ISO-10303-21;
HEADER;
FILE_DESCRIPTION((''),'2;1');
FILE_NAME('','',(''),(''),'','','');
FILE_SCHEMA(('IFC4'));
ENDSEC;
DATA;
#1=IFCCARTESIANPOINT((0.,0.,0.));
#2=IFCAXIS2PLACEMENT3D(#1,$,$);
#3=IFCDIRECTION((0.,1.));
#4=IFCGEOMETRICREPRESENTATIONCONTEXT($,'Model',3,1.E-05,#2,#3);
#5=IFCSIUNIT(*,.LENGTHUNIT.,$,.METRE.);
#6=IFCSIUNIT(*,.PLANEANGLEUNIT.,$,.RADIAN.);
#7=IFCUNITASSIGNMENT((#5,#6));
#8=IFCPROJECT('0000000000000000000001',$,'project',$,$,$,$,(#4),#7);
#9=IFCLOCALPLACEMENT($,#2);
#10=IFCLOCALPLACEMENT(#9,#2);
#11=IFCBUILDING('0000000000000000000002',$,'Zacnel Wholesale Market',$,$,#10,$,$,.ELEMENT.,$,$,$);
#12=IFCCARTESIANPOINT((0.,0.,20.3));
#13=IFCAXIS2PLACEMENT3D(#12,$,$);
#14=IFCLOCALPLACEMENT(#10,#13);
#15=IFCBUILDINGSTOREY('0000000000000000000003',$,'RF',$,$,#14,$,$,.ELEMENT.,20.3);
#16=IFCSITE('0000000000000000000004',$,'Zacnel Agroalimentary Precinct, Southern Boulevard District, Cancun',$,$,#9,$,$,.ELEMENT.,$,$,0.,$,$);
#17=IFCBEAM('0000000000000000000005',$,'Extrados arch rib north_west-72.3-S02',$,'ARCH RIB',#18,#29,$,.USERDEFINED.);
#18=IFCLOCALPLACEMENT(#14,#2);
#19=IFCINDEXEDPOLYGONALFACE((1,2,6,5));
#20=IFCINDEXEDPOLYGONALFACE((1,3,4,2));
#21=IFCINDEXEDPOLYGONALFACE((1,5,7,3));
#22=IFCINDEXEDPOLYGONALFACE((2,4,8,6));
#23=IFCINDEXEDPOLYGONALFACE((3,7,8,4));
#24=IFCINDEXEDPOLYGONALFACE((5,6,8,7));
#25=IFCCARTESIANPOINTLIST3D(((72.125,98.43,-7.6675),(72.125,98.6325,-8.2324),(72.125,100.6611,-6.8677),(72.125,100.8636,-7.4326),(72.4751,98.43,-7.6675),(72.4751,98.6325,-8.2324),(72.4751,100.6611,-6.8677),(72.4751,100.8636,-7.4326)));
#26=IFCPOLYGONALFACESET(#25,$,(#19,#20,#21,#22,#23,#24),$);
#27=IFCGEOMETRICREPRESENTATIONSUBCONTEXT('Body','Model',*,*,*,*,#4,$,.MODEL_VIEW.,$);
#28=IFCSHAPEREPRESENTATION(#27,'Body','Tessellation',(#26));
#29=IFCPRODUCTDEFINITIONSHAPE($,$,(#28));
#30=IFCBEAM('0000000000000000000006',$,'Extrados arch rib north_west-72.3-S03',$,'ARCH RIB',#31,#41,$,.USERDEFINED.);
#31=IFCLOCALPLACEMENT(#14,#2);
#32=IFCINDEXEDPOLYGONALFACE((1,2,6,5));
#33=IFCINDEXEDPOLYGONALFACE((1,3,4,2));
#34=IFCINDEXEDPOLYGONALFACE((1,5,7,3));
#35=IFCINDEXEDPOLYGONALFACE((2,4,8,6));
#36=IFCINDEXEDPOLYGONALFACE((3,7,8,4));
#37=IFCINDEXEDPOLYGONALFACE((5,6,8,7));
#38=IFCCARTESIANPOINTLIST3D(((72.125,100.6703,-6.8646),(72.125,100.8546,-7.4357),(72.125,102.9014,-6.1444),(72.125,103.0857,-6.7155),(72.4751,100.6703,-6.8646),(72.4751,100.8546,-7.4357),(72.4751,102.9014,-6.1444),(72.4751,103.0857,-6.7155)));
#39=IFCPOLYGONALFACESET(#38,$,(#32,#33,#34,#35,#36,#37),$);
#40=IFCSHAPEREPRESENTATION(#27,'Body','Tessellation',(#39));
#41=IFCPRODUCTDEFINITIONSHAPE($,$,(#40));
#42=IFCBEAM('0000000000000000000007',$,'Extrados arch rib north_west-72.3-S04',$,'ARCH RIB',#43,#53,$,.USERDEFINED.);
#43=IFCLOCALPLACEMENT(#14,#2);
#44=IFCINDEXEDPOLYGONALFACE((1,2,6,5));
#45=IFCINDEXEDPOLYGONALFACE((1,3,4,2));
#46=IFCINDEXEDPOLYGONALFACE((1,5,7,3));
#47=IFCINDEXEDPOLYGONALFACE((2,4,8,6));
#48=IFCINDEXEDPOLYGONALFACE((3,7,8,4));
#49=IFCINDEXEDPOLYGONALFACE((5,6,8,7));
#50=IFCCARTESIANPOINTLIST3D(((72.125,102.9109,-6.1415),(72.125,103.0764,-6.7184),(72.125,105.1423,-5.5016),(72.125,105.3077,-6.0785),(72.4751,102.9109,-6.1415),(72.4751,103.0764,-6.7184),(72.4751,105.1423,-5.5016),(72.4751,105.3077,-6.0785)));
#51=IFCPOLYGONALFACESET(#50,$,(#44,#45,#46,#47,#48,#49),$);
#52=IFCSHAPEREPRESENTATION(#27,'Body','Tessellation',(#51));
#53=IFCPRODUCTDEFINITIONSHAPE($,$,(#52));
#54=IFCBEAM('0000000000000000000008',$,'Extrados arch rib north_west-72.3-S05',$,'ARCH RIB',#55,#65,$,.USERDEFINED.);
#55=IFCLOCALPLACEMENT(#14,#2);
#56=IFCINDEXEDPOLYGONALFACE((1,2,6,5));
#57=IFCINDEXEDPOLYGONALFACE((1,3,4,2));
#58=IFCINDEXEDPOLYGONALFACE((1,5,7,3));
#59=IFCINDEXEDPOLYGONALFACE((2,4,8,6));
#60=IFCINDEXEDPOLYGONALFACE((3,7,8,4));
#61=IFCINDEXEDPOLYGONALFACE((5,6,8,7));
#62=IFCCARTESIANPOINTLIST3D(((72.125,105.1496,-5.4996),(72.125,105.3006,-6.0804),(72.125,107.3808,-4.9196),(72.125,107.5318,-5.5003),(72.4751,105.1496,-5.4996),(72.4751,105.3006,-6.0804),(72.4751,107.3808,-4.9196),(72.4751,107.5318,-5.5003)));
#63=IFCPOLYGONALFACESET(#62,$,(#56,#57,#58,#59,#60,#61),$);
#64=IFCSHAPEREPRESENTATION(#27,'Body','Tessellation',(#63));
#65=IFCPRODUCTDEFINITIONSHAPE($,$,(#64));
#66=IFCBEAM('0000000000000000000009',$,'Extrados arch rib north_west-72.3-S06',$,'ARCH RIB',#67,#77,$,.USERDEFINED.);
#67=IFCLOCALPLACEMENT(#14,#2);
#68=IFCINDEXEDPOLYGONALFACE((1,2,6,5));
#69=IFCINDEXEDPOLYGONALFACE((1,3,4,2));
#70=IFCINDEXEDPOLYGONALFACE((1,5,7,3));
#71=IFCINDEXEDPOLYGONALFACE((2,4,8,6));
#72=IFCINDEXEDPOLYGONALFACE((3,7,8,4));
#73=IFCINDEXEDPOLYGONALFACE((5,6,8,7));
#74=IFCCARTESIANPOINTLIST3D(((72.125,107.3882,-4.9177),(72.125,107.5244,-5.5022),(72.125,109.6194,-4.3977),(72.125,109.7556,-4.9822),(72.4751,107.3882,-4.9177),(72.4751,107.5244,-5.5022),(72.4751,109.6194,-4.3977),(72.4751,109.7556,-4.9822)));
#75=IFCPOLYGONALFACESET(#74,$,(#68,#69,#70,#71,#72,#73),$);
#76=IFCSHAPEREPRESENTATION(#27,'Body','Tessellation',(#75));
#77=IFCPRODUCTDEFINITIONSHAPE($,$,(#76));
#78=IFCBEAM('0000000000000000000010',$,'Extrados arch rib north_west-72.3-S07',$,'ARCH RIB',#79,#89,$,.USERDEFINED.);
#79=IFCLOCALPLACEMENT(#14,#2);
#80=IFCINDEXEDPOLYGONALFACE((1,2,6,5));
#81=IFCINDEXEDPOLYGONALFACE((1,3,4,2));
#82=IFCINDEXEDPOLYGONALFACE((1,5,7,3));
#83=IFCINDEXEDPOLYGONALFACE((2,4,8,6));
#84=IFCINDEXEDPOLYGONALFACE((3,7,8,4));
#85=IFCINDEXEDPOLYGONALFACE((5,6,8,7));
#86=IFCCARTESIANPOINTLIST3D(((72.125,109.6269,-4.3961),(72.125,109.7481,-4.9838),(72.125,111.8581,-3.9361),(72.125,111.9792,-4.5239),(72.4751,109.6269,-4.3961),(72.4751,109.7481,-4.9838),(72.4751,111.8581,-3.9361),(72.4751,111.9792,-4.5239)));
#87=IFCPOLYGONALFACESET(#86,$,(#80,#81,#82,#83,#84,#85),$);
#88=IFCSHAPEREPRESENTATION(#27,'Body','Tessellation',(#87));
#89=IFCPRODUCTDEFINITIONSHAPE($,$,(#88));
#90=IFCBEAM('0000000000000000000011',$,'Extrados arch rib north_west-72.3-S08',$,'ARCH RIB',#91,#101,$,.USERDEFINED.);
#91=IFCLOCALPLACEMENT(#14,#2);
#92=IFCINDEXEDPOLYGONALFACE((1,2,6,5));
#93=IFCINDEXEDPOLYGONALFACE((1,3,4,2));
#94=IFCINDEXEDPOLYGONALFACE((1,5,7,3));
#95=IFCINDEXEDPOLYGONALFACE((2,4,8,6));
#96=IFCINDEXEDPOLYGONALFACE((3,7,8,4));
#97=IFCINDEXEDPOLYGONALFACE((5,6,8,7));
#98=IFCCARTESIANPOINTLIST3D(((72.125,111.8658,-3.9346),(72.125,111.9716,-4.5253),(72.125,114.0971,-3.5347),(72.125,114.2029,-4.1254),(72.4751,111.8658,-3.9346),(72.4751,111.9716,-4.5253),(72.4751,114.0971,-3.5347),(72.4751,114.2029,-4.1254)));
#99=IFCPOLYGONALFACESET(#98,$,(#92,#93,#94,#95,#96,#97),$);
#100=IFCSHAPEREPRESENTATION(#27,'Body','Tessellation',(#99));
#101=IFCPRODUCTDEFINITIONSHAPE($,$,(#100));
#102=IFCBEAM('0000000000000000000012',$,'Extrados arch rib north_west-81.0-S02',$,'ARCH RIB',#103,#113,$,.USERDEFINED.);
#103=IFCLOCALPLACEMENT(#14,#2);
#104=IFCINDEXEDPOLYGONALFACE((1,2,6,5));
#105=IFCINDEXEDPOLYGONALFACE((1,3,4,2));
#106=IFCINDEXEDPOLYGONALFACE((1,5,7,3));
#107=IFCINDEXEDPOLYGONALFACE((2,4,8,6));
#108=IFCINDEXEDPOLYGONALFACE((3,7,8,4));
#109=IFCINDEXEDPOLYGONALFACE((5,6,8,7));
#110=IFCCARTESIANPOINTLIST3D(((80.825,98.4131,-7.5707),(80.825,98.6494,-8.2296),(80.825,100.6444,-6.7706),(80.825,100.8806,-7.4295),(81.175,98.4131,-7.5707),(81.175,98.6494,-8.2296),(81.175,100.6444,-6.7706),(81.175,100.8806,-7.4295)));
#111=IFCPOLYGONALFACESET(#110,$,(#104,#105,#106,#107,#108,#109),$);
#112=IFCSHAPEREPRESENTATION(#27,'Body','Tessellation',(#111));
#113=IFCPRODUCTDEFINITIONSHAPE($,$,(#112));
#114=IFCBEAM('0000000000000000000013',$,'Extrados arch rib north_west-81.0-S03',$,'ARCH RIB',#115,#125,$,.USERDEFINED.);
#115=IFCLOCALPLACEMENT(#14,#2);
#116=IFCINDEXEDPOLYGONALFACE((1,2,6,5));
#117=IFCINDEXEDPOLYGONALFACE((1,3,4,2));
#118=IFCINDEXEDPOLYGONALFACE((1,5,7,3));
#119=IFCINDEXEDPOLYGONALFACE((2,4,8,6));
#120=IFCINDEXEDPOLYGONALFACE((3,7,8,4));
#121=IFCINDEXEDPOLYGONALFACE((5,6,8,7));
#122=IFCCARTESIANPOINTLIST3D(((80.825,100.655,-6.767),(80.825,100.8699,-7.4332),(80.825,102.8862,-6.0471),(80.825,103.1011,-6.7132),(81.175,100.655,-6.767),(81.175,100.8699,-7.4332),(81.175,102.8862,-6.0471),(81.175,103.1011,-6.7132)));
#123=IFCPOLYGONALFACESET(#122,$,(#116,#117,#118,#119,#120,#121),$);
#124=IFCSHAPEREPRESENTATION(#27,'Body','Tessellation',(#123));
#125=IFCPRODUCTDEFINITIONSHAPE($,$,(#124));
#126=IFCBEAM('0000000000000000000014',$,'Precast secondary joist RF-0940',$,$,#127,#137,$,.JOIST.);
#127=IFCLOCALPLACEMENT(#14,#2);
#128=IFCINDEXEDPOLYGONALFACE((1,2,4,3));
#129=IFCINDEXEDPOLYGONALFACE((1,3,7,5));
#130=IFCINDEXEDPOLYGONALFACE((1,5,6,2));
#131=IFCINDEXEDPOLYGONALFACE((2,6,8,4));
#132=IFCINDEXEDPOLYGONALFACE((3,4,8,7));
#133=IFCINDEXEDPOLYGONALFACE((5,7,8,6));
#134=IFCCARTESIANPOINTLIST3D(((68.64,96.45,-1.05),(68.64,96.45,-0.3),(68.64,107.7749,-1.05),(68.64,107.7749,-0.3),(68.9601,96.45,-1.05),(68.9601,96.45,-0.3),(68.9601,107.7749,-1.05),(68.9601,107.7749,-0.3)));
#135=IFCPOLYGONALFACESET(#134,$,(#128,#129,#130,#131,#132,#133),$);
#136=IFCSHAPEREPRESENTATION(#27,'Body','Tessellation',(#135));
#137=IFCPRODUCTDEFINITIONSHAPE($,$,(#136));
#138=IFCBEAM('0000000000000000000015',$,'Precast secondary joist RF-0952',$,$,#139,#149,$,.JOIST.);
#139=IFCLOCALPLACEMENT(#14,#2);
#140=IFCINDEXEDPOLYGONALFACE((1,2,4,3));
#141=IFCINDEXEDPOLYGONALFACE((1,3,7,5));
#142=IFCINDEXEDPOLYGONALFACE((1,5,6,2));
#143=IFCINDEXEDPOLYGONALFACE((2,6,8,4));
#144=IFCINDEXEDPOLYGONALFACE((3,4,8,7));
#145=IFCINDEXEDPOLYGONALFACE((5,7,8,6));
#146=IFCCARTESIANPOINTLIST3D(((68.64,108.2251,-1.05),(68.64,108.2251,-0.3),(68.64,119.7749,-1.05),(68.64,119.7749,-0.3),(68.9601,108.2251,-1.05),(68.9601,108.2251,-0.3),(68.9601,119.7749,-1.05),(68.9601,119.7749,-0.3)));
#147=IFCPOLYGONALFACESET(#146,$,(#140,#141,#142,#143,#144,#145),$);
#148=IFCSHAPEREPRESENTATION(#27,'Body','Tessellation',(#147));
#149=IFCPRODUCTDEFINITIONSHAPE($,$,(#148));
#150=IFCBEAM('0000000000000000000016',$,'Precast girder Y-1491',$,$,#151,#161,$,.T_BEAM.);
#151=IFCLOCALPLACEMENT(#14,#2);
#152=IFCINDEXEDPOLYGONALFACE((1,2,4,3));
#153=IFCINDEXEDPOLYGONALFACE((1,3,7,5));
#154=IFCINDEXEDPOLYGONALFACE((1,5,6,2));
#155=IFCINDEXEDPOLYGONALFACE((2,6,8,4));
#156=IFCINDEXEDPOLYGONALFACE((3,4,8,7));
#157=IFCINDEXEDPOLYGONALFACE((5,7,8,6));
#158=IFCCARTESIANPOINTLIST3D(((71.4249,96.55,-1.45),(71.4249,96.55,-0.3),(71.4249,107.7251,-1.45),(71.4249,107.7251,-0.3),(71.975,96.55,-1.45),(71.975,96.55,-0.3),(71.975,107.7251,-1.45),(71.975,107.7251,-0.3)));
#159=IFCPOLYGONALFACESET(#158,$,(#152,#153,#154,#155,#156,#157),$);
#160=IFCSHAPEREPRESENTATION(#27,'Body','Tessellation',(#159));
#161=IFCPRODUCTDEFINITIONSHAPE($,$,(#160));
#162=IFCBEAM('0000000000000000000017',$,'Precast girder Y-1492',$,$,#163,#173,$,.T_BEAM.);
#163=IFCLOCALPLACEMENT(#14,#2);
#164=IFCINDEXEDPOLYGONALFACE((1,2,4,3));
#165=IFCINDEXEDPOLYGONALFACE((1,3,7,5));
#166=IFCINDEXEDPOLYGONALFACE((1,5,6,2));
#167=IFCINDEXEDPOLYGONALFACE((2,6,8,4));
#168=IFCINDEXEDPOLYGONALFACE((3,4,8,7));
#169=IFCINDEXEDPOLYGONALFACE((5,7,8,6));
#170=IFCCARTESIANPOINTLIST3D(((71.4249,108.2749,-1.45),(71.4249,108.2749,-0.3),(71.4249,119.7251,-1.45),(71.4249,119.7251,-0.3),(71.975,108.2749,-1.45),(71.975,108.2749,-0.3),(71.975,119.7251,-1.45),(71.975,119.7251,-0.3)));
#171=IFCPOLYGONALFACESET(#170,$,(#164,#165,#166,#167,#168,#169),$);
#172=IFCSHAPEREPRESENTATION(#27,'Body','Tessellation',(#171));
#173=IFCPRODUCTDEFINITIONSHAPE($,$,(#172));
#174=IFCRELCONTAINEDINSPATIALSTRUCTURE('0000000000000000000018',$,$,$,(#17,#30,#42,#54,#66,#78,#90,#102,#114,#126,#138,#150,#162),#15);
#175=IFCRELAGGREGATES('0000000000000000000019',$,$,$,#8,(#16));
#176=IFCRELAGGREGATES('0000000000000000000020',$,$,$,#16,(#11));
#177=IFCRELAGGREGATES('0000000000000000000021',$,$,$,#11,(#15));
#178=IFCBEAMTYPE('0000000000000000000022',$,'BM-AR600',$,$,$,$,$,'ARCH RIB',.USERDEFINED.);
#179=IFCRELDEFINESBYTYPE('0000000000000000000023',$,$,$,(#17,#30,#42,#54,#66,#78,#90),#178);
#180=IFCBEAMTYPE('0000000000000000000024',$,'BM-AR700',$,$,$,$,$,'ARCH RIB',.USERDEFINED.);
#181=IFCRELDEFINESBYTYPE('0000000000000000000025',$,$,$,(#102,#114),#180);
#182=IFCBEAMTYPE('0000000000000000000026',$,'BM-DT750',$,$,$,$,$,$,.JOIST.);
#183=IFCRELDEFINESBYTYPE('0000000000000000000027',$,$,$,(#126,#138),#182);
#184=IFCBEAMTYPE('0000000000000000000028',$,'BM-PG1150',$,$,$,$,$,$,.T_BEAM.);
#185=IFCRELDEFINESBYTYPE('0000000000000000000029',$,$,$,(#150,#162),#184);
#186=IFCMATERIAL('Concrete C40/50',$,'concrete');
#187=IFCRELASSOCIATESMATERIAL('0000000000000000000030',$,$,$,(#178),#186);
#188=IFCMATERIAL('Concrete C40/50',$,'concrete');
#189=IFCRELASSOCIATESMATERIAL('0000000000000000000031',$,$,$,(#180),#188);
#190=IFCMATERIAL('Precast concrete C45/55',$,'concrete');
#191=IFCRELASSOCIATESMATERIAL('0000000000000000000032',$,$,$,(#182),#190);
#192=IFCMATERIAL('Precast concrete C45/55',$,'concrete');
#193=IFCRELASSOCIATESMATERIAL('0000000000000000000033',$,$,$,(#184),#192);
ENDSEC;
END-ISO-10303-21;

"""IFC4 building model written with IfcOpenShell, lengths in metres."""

from ifc_helpers import new_model, si_unit, direction, frame, origin, origin_2d, place, context, subcontext, project, spatial, rectangle, extrude, material, material_profile, profile_set, type_object, element, save


model = new_model("IFC4")

# Units and contexts
model_context = context("Model", 3, precision=1e-05, world=origin(), true_north=direction((0.0, 1.0)))
body_context = subcontext(model_context, "Body", "Model", "MODEL_VIEW")
ifc_project = project(units=[si_unit("LENGTHUNIT", "METRE"), si_unit("PLANEANGLEUNIT", "RADIAN")], contexts=[model_context])

# Site, building, storey
site_placement = place(None, origin())
site = spatial("IfcSite", under=ifc_project, at=site_placement, Name="Zacnel Agroalimentary Precinct, Southern Boulevard District, Cancun", CompositionType="ELEMENT", RefElevation=0.0)
building_placement = place(site_placement, origin())
building = spatial("IfcBuilding", under=site, at=building_placement, Name="Zacnel Wholesale Market", CompositionType="ELEMENT")
storey_placement = place(building_placement, frame((0.0, 0.0, 20.3)))
storey = spatial("IfcBuildingStorey", under=building, at=storey_placement, Name="RF", CompositionType="ELEMENT", Elevation=20.3)

# Beams
ifc_material_1 = material(Name="Concrete C40/50", Category="concrete")
ifc_material_profile_1 = material_profile(ifc_material_1, rectangle(XDim=0.3501, YDim=0.6001, at=origin_2d()), Name="ARCH RIB 350x600")
ifc_profile_set_1 = profile_set([ifc_material_profile_1], Name="Concrete C40/50")
beam_type_1 = type_object("IfcBeamType", Name="BM-AR600", ElementType="ARCH RIB", PredefinedType="USERDEFINED", material=ifc_profile_set_1)
beam_1_placement = place(storey_placement, frame((72.3, 98.5312, -7.95), z_axis=(0.0, 0.941347, 0.337439), x_axis=(-1.0, 0.0, 0.0)))
element("IfcBeam", 1, at=beam_1_placement, inside=storey, type_object=beam_type_1, Name="Extrados arch rib north_west-72.3-S02", ObjectType="ARCH RIB", PredefinedType="USERDEFINED", context=body_context, shape_type="SweptSolid", body=[
    extrude(rectangle(XDim=0.3501, YDim=0.6001, at=origin_2d()), origin(), (0.0, 0.0, 1.0), 2.3701),
])
beam_2_placement = place(storey_placement, frame((72.3, 100.7625, -7.1501), z_axis=(0.0, 0.95165, 0.307185), x_axis=(-1.0, 0.0, 0.0)))
element("IfcBeam", 2, at=beam_2_placement, inside=storey, type_object=beam_type_1, Name="Extrados arch rib north_west-72.3-S03", ObjectType="ARCH RIB", PredefinedType="USERDEFINED", context=body_context, shape_type="SweptSolid", body=[
    extrude(rectangle(XDim=0.3501, YDim=0.6001, at=origin_2d()), origin(), (0.0, 0.0, 1.0), 2.3445),
])
beam_3_placement = place(storey_placement, frame((72.3, 102.9937, -6.4299), z_axis=(0.0, 0.961258, 0.275652), x_axis=(-1.0, 0.0, 0.0)))
element("IfcBeam", 3, at=beam_3_placement, inside=storey, type_object=beam_type_1, Name="Extrados arch rib north_west-72.3-S04", ObjectType="ARCH RIB", PredefinedType="USERDEFINED", context=body_context, shape_type="SweptSolid", body=[
    extrude(rectangle(XDim=0.3501, YDim=0.6001, at=origin_2d()), origin(), (0.0, 0.0, 1.0), 2.3213),
])
beam_4_placement = place(storey_placement, frame((72.3, 105.2251, -5.79), z_axis=(0.0, 0.967826, 0.25162), x_axis=(-1.0, 0.0, 0.0)))
element("IfcBeam", 4, at=beam_4_placement, inside=storey, type_object=beam_type_1, Name="Extrados arch rib north_west-72.3-S05", ObjectType="ARCH RIB", PredefinedType="USERDEFINED", context=body_context, shape_type="SweptSolid", body=[
    extrude(rectangle(XDim=0.3501, YDim=0.6001, at=origin_2d()), origin(), (0.0, 0.0, 1.0), 2.3054),
])
beam_5_placement = place(storey_placement, frame((72.3, 107.4563, -5.21), z_axis=(0.0, 0.973899, 0.226984), x_axis=(-1.0, 0.0, 0.0)))
element("IfcBeam", 5, at=beam_5_placement, inside=storey, type_object=beam_type_1, Name="Extrados arch rib north_west-72.3-S06", ObjectType="ARCH RIB", PredefinedType="USERDEFINED", context=body_context, shape_type="SweptSolid", body=[
    extrude(rectangle(XDim=0.3501, YDim=0.6001, at=origin_2d()), origin(), (0.0, 0.0, 1.0), 2.291),
])
beam_6_placement = place(storey_placement, frame((72.3, 109.6875, -4.6899), z_axis=(0.0, 0.979405, 0.201904), x_axis=(-1.0, 0.0, 0.0)))
element("IfcBeam", 6, at=beam_6_placement, inside=storey, type_object=beam_type_1, Name="Extrados arch rib north_west-72.3-S07", ObjectType="ARCH RIB", PredefinedType="USERDEFINED", context=body_context, shape_type="SweptSolid", body=[
    extrude(rectangle(XDim=0.3501, YDim=0.6001, at=origin_2d()), origin(), (0.0, 0.0, 1.0), 2.2781),
])
beam_7_placement = place(storey_placement, frame((72.3, 111.9187, -4.23), z_axis=(0.0, 0.984315, 0.176421), x_axis=(-1.0, 0.0, 0.0)))
element("IfcBeam", 7, at=beam_7_placement, inside=storey, type_object=beam_type_1, Name="Extrados arch rib north_west-72.3-S08", ObjectType="ARCH RIB", PredefinedType="USERDEFINED", context=body_context, shape_type="SweptSolid", body=[
    extrude(rectangle(XDim=0.3501, YDim=0.6001, at=origin_2d()), origin(), (0.0, 0.0, 1.0), 2.2668),
])
ifc_material_2 = material(Name="Concrete C40/50", Category="concrete")
ifc_material_profile_2 = material_profile(ifc_material_2, rectangle(XDim=0.3501, YDim=0.7, at=origin_2d()), Name="ARCH RIB 350x700")
ifc_profile_set_2 = profile_set([ifc_material_profile_2], Name="Concrete C40/50")
beam_type_2 = type_object("IfcBeamType", Name="BM-AR700", ElementType="ARCH RIB", PredefinedType="USERDEFINED", material=ifc_profile_set_2)
beam_8_placement = place(storey_placement, frame((81.0, 98.5312, -7.9001), z_axis=(0.0, 0.941315, 0.33753), x_axis=(-1.0, 0.0, 0.0)))
element("IfcBeam", 8, at=beam_8_placement, inside=storey, type_object=beam_type_2, Name="Extrados arch rib north_west-81.0-S02", ObjectType="ARCH RIB", PredefinedType="USERDEFINED", context=body_context, shape_type="SweptSolid", body=[
    extrude(rectangle(XDim=0.3501, YDim=0.7, at=origin_2d()), origin(), (0.0, 0.0, 1.0), 2.3704),
])
beam_9_placement = place(storey_placement, frame((81.0, 100.7625, -7.1001), z_axis=(0.0, 0.95168, 0.307091), x_axis=(-1.0, 0.0, 0.0)))
element("IfcBeam", 9, at=beam_9_placement, inside=storey, type_object=beam_type_2, Name="Extrados arch rib north_west-81.0-S03", ObjectType="ARCH RIB", PredefinedType="USERDEFINED", context=body_context, shape_type="SweptSolid", body=[
    extrude(rectangle(XDim=0.3501, YDim=0.7, at=origin_2d()), origin(), (0.0, 0.0, 1.0), 2.3445),
])
ifc_material_3 = material(Name="Precast concrete C45/55", Category="concrete")
ifc_material_profile_3 = material_profile(ifc_material_3, rectangle(XDim=0.3201, YDim=0.75, at=origin_2d()), Name="DT RIB 320x750")
ifc_profile_set_3 = profile_set([ifc_material_profile_3], Name="Precast concrete C45/55")
beam_type_3 = type_object("IfcBeamType", Name="BM-DT750", PredefinedType="JOIST", material=ifc_profile_set_3)
beam_10_placement = place(storey_placement, frame((68.8, 96.45, -0.675), z_axis=(0.0, 1.0, 0.0), x_axis=(-1.0, 0.0, 0.0)))
element("IfcBeam", 10, at=beam_10_placement, inside=storey, type_object=beam_type_3, Name="Precast secondary joist RF-0940", PredefinedType="JOIST", context=body_context, shape_type="SweptSolid", body=[
    extrude(rectangle(XDim=0.3201, YDim=0.75, at=origin_2d()), origin(), (0.0, 0.0, 1.0), 11.325),
])
beam_11_placement = place(storey_placement, frame((68.8, 108.2251, -0.675), z_axis=(0.0, 1.0, 0.0), x_axis=(-1.0, 0.0, 0.0)))
element("IfcBeam", 11, at=beam_11_placement, inside=storey, type_object=beam_type_3, Name="Precast secondary joist RF-0952", PredefinedType="JOIST", context=body_context, shape_type="SweptSolid", body=[
    extrude(rectangle(XDim=0.3201, YDim=0.75, at=origin_2d()), origin(), (0.0, 0.0, 1.0), 11.5498),
])
ifc_material_4 = material(Name="Precast concrete C45/55", Category="concrete")
ifc_material_profile_4 = material_profile(ifc_material_4, rectangle(XDim=0.55, YDim=1.1499, at=origin_2d()), Name="PG 550x1150")
ifc_profile_set_4 = profile_set([ifc_material_profile_4], Name="Precast concrete C45/55")
beam_type_4 = type_object("IfcBeamType", Name="BM-PG1150", PredefinedType="T_BEAM", material=ifc_profile_set_4)
beam_12_placement = place(storey_placement, frame((71.7, 96.55, -0.875), z_axis=(0.0, 1.0, 0.0), x_axis=(-1.0, 0.0, 0.0)))
element("IfcBeam", 12, at=beam_12_placement, inside=storey, type_object=beam_type_4, Name="Precast girder Y-1491", PredefinedType="T_BEAM", context=body_context, shape_type="SweptSolid", body=[
    extrude(rectangle(XDim=0.55, YDim=1.1499, at=origin_2d()), origin(), (0.0, 0.0, 1.0), 11.175),
])
beam_13_placement = place(storey_placement, frame((71.7, 108.2749, -0.875), z_axis=(0.0, 1.0, 0.0), x_axis=(-1.0, 0.0, 0.0)))
element("IfcBeam", 13, at=beam_13_placement, inside=storey, type_object=beam_type_4, Name="Precast girder Y-1492", PredefinedType="T_BEAM", context=body_context, shape_type="SweptSolid", body=[
    extrude(rectangle(XDim=0.55, YDim=1.1499, at=origin_2d()), origin(), (0.0, 0.0, 1.0), 11.4502),
])

save(model, "model.ifc")
